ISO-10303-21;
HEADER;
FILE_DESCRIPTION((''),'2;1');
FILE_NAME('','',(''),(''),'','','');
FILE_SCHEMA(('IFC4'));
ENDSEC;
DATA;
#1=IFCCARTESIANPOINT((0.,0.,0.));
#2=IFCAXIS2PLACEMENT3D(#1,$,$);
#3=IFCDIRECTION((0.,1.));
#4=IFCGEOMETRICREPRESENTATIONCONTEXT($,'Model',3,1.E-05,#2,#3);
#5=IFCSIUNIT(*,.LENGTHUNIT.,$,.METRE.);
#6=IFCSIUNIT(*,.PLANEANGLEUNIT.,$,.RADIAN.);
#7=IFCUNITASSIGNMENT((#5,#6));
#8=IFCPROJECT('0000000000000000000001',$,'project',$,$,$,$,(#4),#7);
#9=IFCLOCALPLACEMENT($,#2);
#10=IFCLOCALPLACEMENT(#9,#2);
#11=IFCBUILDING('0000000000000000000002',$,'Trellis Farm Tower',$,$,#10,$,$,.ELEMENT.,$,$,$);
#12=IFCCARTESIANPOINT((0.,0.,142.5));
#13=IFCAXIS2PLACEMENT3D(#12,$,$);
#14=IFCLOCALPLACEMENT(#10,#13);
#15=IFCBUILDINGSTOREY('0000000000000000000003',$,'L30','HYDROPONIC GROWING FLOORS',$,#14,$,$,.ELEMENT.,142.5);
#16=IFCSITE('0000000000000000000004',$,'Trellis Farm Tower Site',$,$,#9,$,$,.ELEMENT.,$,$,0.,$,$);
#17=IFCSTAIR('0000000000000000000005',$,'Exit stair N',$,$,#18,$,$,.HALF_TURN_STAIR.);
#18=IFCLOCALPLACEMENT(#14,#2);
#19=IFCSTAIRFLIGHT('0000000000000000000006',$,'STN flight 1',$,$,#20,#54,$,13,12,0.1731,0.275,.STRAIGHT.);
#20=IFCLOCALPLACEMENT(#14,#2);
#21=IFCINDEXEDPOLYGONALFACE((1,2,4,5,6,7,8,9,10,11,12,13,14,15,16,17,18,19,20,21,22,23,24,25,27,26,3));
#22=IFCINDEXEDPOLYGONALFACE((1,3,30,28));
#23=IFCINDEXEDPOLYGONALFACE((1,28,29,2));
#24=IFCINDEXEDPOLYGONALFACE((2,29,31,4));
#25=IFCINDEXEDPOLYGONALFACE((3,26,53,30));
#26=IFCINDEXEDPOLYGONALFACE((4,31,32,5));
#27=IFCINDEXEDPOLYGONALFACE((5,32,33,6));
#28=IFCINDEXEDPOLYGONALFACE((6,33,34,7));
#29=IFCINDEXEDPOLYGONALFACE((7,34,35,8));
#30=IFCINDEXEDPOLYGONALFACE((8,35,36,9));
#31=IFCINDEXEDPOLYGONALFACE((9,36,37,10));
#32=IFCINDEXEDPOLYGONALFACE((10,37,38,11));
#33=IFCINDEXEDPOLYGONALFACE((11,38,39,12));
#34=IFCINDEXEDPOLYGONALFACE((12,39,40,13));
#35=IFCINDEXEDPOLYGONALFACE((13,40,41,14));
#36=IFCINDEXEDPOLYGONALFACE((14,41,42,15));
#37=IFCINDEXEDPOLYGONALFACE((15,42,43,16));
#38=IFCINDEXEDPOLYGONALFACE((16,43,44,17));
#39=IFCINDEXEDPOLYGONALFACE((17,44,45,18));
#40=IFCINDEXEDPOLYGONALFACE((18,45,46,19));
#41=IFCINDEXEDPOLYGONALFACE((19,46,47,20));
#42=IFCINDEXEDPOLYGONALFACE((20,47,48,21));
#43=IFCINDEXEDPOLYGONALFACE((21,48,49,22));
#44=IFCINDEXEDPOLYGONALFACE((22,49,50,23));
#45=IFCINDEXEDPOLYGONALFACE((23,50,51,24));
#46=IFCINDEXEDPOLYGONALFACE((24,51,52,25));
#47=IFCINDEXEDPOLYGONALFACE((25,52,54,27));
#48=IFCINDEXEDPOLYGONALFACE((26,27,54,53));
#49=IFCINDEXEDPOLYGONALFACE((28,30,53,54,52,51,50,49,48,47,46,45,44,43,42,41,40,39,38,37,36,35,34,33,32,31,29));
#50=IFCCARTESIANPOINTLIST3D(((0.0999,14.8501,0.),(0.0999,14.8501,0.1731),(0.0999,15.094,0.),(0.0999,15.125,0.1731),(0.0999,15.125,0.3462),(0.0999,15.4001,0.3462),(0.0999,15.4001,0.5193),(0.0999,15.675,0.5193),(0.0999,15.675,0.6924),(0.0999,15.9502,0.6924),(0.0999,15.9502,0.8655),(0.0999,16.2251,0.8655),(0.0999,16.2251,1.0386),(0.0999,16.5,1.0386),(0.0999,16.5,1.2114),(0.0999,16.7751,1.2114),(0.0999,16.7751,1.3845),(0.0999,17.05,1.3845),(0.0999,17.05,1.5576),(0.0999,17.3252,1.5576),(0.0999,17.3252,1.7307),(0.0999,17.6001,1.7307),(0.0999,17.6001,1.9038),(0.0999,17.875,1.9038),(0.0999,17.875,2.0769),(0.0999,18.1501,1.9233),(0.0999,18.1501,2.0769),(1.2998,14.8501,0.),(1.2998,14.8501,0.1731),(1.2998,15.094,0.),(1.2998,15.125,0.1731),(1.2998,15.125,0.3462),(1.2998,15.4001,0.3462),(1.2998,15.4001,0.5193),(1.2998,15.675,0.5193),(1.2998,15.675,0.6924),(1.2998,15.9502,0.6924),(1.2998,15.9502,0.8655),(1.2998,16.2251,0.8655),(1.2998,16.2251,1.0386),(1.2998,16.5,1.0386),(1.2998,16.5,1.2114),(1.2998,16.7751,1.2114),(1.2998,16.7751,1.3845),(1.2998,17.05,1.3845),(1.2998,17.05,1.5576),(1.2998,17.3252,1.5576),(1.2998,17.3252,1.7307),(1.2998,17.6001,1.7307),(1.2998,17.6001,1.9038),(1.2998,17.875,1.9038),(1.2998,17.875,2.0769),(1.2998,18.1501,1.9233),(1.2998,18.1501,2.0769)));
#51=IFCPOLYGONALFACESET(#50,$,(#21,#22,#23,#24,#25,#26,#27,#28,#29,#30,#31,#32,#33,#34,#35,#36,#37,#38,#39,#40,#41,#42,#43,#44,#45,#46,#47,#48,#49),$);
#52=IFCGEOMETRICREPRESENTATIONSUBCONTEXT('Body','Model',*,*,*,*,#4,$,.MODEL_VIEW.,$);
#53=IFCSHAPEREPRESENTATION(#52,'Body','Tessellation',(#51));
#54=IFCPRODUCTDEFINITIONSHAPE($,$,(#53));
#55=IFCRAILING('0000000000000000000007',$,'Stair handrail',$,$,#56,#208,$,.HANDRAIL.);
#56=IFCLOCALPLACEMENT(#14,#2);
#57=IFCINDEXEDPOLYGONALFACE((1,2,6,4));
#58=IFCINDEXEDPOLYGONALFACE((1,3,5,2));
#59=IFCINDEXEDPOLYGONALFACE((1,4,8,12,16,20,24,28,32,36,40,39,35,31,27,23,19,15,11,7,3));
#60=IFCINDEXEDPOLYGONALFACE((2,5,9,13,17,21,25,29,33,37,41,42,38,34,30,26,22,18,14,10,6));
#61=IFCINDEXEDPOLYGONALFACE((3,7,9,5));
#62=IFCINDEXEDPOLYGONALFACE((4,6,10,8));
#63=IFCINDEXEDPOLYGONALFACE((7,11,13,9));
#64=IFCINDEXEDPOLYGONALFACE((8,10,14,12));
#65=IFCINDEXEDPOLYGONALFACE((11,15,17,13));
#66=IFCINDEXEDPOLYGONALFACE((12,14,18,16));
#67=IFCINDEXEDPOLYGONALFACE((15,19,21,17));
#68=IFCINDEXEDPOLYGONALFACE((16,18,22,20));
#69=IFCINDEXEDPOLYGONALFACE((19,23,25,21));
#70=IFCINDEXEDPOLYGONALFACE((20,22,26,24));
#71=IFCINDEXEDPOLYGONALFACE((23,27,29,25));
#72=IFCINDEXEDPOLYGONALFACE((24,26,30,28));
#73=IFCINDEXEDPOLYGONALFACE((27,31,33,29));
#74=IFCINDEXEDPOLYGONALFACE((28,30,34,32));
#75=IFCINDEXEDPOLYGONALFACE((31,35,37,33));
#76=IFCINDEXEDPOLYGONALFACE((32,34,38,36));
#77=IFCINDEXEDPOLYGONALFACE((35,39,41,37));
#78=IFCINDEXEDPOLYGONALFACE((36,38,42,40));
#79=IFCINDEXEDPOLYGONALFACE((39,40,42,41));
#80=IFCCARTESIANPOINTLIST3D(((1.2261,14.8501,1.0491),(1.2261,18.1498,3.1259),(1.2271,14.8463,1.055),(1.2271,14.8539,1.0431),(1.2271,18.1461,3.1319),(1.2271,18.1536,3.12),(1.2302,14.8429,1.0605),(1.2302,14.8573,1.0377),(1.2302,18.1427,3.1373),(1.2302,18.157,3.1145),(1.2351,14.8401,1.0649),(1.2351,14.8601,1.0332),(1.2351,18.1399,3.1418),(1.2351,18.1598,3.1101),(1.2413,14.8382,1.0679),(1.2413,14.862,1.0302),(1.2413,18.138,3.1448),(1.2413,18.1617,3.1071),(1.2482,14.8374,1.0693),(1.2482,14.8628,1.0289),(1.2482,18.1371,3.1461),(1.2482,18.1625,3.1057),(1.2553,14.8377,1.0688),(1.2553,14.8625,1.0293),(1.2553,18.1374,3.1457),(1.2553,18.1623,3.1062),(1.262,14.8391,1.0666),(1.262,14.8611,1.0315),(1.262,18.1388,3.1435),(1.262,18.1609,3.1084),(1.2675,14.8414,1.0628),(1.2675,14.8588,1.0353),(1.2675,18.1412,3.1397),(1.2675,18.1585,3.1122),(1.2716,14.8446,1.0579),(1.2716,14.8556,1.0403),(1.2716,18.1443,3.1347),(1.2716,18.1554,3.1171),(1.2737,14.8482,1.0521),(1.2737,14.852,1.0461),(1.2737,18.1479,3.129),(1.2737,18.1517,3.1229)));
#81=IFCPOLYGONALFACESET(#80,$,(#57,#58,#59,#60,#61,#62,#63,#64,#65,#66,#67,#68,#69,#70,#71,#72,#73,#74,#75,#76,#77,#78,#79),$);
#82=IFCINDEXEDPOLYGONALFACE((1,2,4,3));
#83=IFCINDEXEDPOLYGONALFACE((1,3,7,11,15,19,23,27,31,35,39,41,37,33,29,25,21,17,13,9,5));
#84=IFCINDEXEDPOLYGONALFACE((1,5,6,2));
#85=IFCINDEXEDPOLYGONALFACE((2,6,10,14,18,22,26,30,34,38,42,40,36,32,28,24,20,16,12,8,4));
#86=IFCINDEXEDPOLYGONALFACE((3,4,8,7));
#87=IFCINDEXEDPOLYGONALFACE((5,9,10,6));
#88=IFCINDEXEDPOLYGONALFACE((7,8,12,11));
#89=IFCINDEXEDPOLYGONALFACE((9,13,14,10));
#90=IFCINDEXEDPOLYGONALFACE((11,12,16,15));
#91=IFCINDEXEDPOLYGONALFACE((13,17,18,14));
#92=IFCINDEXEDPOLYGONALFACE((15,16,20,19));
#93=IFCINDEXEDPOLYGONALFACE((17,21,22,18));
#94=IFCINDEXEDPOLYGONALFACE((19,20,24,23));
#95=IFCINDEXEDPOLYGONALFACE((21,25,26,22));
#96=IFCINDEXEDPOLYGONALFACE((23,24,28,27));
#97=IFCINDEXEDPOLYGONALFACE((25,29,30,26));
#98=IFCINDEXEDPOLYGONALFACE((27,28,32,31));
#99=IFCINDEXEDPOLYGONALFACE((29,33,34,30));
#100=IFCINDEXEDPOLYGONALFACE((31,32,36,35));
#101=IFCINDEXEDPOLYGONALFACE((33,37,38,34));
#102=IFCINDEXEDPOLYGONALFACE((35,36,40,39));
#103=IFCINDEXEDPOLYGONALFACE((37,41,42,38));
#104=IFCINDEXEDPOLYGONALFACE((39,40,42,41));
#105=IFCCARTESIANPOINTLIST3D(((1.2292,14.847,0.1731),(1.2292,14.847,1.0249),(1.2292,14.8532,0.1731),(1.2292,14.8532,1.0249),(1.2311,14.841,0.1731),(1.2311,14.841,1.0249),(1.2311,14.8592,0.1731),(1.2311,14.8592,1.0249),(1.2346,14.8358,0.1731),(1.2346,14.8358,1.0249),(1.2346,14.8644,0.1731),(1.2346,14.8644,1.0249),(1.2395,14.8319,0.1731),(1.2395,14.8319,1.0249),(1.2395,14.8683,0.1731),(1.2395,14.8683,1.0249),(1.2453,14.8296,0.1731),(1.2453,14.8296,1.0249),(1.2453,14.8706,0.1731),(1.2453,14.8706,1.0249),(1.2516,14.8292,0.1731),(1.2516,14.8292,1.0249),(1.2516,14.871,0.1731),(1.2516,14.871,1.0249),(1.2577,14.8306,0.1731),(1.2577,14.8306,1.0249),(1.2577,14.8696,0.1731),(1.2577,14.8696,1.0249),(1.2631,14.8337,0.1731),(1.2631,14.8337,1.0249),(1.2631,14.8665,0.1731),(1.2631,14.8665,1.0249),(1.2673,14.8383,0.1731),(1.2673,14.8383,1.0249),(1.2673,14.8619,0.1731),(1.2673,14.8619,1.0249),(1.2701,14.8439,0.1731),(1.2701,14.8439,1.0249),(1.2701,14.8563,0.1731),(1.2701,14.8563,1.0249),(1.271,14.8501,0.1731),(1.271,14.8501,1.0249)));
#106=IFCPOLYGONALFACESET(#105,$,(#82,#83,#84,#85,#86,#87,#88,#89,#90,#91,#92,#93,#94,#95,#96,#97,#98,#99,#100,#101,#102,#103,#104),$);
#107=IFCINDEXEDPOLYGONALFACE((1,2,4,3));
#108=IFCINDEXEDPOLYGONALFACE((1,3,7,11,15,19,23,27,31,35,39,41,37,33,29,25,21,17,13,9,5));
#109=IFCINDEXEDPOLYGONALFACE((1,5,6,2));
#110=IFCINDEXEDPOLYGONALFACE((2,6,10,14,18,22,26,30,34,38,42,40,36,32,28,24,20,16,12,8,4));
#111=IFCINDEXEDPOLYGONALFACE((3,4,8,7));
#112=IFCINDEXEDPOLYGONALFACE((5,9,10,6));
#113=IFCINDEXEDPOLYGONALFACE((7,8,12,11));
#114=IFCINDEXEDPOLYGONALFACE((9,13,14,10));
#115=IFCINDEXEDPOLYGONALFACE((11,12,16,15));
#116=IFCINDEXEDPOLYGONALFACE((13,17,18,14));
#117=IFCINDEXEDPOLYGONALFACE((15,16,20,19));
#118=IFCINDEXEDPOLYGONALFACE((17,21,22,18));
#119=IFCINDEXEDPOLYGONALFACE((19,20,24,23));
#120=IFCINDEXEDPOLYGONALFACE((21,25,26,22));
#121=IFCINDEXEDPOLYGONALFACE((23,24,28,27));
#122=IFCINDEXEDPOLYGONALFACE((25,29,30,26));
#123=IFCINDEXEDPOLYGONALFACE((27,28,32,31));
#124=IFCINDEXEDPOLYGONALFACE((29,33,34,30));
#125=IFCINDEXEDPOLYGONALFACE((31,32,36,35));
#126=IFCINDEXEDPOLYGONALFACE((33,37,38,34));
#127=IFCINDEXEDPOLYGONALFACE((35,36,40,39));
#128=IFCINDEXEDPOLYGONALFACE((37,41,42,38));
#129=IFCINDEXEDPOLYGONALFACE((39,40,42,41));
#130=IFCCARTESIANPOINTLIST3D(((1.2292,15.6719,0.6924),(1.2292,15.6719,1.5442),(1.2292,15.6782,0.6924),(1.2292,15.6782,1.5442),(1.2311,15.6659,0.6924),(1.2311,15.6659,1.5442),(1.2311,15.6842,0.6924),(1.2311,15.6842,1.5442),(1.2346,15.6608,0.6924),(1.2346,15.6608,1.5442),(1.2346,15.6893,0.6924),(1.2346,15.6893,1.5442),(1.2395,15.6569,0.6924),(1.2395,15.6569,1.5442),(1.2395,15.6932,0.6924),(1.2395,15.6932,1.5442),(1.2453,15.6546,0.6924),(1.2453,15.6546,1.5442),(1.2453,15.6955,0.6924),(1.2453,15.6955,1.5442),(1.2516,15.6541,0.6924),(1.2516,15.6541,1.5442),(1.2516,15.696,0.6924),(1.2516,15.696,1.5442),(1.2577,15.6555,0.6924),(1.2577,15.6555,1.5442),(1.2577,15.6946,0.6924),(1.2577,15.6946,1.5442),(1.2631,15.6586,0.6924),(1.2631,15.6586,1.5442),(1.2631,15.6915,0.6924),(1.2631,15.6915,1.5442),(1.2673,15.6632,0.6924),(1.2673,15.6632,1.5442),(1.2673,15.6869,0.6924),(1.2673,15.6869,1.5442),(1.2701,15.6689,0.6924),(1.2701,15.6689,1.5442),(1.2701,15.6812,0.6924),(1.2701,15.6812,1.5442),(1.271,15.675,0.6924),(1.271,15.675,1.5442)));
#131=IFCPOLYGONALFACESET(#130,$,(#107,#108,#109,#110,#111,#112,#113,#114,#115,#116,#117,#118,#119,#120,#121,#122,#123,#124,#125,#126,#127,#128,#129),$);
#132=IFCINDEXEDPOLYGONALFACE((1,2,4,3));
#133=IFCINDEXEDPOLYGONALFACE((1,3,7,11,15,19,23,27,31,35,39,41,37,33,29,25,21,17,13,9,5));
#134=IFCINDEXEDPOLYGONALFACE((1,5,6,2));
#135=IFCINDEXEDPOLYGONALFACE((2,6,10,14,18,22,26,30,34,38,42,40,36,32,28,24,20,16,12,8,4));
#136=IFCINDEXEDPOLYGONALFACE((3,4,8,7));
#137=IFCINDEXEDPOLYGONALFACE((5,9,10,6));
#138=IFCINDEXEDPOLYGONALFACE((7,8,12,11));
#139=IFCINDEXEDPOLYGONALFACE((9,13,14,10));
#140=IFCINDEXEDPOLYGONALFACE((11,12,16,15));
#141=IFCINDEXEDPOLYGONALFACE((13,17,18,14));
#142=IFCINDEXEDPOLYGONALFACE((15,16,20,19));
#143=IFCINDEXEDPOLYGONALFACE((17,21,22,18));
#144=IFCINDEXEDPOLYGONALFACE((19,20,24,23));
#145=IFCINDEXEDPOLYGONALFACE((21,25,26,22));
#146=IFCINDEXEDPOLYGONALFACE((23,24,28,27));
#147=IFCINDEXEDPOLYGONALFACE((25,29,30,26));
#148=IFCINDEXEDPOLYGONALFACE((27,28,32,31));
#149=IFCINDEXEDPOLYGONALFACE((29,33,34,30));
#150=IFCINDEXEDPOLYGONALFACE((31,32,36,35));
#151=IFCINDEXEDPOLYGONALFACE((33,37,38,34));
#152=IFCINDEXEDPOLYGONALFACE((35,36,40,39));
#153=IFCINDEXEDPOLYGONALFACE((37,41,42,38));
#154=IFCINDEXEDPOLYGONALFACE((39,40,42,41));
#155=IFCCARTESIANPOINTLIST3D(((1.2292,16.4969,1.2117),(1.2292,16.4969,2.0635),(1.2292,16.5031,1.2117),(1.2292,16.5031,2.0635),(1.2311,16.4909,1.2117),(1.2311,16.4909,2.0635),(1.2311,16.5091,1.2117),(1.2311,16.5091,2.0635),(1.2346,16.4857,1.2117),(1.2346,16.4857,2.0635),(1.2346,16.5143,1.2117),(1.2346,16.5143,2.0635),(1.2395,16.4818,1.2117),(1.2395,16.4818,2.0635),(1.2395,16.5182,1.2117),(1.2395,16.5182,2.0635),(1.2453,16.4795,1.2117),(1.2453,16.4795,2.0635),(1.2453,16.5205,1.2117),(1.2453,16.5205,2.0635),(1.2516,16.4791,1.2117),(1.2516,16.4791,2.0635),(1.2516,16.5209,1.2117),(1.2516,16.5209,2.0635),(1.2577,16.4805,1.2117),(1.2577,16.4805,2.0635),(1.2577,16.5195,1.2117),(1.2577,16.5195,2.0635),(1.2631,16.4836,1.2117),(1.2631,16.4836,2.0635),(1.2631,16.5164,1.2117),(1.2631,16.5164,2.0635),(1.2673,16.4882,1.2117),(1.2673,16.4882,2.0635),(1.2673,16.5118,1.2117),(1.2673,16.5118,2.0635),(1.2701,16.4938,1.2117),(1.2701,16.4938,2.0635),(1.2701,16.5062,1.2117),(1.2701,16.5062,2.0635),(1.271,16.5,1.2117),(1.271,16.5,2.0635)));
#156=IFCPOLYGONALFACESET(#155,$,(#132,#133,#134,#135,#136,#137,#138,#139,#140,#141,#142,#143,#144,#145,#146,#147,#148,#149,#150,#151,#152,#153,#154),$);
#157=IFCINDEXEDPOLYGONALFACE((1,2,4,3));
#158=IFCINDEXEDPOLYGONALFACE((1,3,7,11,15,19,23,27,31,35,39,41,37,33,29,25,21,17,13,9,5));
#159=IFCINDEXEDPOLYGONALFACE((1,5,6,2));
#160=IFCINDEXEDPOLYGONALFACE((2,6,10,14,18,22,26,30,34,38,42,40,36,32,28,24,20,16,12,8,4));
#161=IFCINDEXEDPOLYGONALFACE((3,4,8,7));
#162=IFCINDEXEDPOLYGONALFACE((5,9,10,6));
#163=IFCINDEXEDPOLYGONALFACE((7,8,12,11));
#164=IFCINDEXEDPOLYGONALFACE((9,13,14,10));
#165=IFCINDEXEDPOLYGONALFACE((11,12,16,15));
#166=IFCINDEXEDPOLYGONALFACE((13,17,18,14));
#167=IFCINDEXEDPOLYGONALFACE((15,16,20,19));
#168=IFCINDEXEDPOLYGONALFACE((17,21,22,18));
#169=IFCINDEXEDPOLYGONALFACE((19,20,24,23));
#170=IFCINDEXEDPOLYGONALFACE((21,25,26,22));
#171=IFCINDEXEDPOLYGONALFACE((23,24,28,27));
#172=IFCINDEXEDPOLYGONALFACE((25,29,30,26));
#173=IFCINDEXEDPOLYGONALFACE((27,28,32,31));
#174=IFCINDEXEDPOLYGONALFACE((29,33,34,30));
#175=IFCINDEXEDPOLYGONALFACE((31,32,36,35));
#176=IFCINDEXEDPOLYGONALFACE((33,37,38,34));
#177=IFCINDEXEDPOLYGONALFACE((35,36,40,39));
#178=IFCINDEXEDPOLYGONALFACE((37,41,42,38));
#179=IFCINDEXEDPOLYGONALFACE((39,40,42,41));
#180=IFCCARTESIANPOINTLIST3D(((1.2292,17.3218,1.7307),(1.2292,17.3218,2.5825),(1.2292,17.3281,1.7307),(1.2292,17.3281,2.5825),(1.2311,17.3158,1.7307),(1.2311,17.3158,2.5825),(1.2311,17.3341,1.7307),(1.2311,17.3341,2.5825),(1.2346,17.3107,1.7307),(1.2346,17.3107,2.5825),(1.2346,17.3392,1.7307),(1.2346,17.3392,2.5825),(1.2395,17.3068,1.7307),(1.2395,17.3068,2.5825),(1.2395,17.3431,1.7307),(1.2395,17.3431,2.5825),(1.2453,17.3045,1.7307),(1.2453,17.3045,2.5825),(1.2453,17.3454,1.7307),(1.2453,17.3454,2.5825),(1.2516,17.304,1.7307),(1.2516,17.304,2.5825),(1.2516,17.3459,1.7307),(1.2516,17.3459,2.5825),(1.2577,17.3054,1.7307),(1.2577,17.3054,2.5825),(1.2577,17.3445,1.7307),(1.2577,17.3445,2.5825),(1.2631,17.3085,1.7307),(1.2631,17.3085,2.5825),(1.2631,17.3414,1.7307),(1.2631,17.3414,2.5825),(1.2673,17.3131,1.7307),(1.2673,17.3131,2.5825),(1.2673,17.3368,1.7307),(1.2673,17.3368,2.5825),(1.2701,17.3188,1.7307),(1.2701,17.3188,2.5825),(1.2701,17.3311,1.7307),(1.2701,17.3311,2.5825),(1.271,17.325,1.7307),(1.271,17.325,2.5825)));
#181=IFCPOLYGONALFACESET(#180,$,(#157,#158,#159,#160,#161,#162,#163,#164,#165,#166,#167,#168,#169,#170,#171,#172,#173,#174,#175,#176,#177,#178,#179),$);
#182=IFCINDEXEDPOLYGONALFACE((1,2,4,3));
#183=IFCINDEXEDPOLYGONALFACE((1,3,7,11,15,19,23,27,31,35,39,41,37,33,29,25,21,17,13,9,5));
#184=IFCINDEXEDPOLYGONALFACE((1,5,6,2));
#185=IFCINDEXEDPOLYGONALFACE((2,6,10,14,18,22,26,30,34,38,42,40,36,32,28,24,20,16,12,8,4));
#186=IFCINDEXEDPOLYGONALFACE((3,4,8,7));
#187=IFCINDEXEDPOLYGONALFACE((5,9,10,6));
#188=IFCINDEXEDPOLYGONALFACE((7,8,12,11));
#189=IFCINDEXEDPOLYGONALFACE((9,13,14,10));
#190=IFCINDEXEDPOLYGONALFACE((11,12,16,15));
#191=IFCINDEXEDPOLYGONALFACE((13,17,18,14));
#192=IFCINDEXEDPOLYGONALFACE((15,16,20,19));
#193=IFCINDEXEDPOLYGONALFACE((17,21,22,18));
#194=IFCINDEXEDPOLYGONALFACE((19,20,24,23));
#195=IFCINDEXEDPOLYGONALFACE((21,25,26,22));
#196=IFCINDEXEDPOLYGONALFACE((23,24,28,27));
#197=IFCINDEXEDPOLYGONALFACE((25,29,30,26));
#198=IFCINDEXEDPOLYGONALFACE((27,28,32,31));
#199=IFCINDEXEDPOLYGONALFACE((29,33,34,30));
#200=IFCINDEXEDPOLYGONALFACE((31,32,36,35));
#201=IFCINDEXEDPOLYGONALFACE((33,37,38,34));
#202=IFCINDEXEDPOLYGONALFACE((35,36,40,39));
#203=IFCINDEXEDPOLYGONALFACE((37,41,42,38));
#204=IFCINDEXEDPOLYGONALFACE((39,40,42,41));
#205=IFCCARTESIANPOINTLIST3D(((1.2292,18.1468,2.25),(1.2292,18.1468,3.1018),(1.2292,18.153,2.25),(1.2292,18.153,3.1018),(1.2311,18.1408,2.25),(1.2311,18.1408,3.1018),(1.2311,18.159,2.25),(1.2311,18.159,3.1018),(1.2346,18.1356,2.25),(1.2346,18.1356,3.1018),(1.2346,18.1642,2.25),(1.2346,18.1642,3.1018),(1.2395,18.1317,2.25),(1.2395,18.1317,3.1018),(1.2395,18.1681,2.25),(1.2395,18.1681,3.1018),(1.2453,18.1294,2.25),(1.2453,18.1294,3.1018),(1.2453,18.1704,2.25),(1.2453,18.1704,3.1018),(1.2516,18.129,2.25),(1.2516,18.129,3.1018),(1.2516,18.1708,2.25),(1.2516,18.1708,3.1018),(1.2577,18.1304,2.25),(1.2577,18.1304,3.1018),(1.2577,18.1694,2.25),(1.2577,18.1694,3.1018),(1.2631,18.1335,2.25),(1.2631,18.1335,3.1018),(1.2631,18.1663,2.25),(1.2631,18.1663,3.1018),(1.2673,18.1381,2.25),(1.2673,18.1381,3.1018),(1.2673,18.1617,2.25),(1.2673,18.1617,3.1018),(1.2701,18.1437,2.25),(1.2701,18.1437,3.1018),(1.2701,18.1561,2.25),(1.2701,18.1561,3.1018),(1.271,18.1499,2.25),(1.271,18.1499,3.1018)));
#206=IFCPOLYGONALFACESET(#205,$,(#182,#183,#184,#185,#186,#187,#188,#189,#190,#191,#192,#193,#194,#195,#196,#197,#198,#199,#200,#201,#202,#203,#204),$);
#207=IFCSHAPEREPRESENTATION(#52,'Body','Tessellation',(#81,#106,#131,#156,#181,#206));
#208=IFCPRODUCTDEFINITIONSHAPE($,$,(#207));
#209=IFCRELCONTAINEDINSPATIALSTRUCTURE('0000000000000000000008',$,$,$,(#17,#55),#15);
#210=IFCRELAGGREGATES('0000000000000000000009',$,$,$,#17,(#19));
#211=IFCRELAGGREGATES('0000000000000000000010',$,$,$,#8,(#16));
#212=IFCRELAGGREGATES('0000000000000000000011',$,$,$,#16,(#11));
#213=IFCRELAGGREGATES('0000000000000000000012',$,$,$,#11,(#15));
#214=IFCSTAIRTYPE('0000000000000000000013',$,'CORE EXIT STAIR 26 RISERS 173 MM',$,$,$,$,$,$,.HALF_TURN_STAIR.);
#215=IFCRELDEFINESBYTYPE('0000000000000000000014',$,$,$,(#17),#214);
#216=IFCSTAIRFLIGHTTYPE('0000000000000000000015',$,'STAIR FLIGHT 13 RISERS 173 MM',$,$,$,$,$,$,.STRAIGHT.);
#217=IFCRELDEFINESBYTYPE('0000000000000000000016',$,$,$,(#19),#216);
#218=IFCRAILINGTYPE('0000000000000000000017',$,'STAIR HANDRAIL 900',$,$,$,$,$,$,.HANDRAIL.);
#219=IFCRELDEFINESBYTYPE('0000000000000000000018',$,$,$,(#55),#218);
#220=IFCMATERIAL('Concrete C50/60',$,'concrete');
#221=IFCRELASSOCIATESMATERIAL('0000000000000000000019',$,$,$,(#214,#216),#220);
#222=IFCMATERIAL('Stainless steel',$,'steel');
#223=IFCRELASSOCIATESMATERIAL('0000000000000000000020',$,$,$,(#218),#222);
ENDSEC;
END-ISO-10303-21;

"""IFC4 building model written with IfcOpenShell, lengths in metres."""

from ifc_helpers import new_model, si_unit, direction, frame, origin, origin_2d, place, context, subcontext, project, spatial, polyline, circle, outline, extrude, source, transform, mapped, material, type_object, element, aggregate, save


model = new_model("IFC4")

# Units and contexts
model_context = context("Model", 3, precision=1e-05, world=origin(), true_north=direction((0.0, 1.0)))
body_context = subcontext(model_context, "Body", "Model", "MODEL_VIEW")
ifc_project = project(units=[si_unit("LENGTHUNIT", "METRE"), si_unit("PLANEANGLEUNIT", "RADIAN")], contexts=[model_context])

# Site, building, storey
site_placement = place(None, origin())
site = spatial("IfcSite", under=ifc_project, at=site_placement, Name="Trellis Farm Tower Site", CompositionType="ELEMENT", RefElevation=0.0)
building_placement = place(site_placement, origin())
building = spatial("IfcBuilding", under=site, at=building_placement, Name="Trellis Farm Tower", CompositionType="ELEMENT")
storey_placement = place(building_placement, frame((0.0, 0.0, 142.5)))
storey = spatial("IfcBuildingStorey", under=building, at=storey_placement, Name="L30", Description="HYDROPONIC GROWING FLOORS", CompositionType="ELEMENT", Elevation=142.5)

# Shared definitions
placement = place(storey_placement, origin())

# Stair, stair flight
ifc_material_1 = material(Name="Concrete C50/60", Category="concrete")
stair_type = type_object("IfcStairType", Name="CORE EXIT STAIR 26 RISERS 173 MM", PredefinedType="HALF_TURN_STAIR", material=ifc_material_1)
stair = element("IfcStair", 1, at=placement, inside=storey, type_object=stair_type, Name="Exit stair N", PredefinedType="HALF_TURN_STAIR")
stair_flight_type = type_object("IfcStairFlightType", Name="STAIR FLIGHT 13 RISERS 173 MM", PredefinedType="STRAIGHT", material=ifc_material_1)
shared_shape_1 = source(origin(), body_context, "Body", "SweptSolid", [
    extrude(outline(polyline([(0.0, 0.0), (0.0, 0.1731), (0.2749, 0.1731), (0.2749, 0.3462), (0.55, 0.3462), (0.55, 0.5193), (0.825, 0.5193), (0.825, 0.6924), (1.1001, 0.6924), (1.1001, 0.8655), (1.375, 0.8655), (1.375, 1.0386), (1.6499, 1.0386), (1.6499, 1.2114), (1.925, 1.2114), (1.925, 1.3845), (2.2, 1.3845), (2.2, 1.5576), (2.4751, 1.5576), (2.4751, 1.7307), (2.75, 1.7307), (2.75, 1.9038), (3.0249, 1.9038), (3.0249, 2.0769), (3.3, 2.0769), (3.3, 2.25), (3.3, 1.9233), (0.2439, 0.0), (0.0, 0.0)])), frame((0.0, 0.6001, 0.0), z_axis=(0.0, -1.0, 0.0), x_axis=(1.0, 0.0, 0.0)), (0.0, 0.0, 1.0), 1.2),
])
stair_flight_placement = place(storey_placement, frame((0.7, 14.8501, 0.0), z_axis=(0.0, 0.0, 1.0), x_axis=(0.0, 1.0, 0.0)))
stair_flight = element("IfcStairFlight", 2, at=stair_flight_placement, type_object=stair_flight_type, Name="STN flight 1", NumberOfRisers=13, NumberOfTreads=12, PredefinedType="STRAIGHT", RiserHeight=0.1731, TreadLength=0.275, context=body_context, shape_type="MappedRepresentation", body=[
    mapped(shared_shape_1, transform((0.0, 0.0, 0.0))),
])
aggregate(stair, [stair_flight])

# Railing
ifc_material_2 = material(Name="Stainless steel", Category="steel")
railing_type = type_object("IfcRailingType", Name="STAIR HANDRAIL 900", PredefinedType="HANDRAIL", material=ifc_material_2)
shared_shape_2 = source(origin(), body_context, "Body", "SweptSolid", [
    extrude(circle(Radius=0.0239, at=origin_2d()), frame((0.0, 0.0, 0.876), z_axis=(0.0, 0.84632, 0.532675), x_axis=(-1.0, 0.0, 0.0)), (0.0, 0.0, 1.0), 3.8989),
    extrude(circle(Radius=0.021, at=origin_2d()), origin(), (0.0, 0.0, 1.0), 0.8518),
    extrude(circle(Radius=0.021, at=origin_2d()), frame((0.0, 0.825, 0.5193)), (0.0, 0.0, 1.0), 0.8518),
    extrude(circle(Radius=0.021, at=origin_2d()), frame((0.0, 1.6499, 1.0386)), (0.0, 0.0, 1.0), 0.8518),
    extrude(circle(Radius=0.021, at=origin_2d()), frame((0.0, 2.4749, 1.5576)), (0.0, 0.0, 1.0), 0.8518),
    extrude(circle(Radius=0.021, at=origin_2d()), frame((0.0, 3.2998, 2.0769)), (0.0, 0.0, 1.0), 0.8518),
])
railing_placement = place(storey_placement, frame((1.25, 14.8501, 0.1731)))
element("IfcRailing", 3, at=railing_placement, inside=storey, type_object=railing_type, Name="Stair handrail", PredefinedType="HANDRAIL", context=body_context, shape_type="MappedRepresentation", body=[
    mapped(shared_shape_2, transform((0.0, 0.0, 0.0))),
])

save(model, "model.ifc")
